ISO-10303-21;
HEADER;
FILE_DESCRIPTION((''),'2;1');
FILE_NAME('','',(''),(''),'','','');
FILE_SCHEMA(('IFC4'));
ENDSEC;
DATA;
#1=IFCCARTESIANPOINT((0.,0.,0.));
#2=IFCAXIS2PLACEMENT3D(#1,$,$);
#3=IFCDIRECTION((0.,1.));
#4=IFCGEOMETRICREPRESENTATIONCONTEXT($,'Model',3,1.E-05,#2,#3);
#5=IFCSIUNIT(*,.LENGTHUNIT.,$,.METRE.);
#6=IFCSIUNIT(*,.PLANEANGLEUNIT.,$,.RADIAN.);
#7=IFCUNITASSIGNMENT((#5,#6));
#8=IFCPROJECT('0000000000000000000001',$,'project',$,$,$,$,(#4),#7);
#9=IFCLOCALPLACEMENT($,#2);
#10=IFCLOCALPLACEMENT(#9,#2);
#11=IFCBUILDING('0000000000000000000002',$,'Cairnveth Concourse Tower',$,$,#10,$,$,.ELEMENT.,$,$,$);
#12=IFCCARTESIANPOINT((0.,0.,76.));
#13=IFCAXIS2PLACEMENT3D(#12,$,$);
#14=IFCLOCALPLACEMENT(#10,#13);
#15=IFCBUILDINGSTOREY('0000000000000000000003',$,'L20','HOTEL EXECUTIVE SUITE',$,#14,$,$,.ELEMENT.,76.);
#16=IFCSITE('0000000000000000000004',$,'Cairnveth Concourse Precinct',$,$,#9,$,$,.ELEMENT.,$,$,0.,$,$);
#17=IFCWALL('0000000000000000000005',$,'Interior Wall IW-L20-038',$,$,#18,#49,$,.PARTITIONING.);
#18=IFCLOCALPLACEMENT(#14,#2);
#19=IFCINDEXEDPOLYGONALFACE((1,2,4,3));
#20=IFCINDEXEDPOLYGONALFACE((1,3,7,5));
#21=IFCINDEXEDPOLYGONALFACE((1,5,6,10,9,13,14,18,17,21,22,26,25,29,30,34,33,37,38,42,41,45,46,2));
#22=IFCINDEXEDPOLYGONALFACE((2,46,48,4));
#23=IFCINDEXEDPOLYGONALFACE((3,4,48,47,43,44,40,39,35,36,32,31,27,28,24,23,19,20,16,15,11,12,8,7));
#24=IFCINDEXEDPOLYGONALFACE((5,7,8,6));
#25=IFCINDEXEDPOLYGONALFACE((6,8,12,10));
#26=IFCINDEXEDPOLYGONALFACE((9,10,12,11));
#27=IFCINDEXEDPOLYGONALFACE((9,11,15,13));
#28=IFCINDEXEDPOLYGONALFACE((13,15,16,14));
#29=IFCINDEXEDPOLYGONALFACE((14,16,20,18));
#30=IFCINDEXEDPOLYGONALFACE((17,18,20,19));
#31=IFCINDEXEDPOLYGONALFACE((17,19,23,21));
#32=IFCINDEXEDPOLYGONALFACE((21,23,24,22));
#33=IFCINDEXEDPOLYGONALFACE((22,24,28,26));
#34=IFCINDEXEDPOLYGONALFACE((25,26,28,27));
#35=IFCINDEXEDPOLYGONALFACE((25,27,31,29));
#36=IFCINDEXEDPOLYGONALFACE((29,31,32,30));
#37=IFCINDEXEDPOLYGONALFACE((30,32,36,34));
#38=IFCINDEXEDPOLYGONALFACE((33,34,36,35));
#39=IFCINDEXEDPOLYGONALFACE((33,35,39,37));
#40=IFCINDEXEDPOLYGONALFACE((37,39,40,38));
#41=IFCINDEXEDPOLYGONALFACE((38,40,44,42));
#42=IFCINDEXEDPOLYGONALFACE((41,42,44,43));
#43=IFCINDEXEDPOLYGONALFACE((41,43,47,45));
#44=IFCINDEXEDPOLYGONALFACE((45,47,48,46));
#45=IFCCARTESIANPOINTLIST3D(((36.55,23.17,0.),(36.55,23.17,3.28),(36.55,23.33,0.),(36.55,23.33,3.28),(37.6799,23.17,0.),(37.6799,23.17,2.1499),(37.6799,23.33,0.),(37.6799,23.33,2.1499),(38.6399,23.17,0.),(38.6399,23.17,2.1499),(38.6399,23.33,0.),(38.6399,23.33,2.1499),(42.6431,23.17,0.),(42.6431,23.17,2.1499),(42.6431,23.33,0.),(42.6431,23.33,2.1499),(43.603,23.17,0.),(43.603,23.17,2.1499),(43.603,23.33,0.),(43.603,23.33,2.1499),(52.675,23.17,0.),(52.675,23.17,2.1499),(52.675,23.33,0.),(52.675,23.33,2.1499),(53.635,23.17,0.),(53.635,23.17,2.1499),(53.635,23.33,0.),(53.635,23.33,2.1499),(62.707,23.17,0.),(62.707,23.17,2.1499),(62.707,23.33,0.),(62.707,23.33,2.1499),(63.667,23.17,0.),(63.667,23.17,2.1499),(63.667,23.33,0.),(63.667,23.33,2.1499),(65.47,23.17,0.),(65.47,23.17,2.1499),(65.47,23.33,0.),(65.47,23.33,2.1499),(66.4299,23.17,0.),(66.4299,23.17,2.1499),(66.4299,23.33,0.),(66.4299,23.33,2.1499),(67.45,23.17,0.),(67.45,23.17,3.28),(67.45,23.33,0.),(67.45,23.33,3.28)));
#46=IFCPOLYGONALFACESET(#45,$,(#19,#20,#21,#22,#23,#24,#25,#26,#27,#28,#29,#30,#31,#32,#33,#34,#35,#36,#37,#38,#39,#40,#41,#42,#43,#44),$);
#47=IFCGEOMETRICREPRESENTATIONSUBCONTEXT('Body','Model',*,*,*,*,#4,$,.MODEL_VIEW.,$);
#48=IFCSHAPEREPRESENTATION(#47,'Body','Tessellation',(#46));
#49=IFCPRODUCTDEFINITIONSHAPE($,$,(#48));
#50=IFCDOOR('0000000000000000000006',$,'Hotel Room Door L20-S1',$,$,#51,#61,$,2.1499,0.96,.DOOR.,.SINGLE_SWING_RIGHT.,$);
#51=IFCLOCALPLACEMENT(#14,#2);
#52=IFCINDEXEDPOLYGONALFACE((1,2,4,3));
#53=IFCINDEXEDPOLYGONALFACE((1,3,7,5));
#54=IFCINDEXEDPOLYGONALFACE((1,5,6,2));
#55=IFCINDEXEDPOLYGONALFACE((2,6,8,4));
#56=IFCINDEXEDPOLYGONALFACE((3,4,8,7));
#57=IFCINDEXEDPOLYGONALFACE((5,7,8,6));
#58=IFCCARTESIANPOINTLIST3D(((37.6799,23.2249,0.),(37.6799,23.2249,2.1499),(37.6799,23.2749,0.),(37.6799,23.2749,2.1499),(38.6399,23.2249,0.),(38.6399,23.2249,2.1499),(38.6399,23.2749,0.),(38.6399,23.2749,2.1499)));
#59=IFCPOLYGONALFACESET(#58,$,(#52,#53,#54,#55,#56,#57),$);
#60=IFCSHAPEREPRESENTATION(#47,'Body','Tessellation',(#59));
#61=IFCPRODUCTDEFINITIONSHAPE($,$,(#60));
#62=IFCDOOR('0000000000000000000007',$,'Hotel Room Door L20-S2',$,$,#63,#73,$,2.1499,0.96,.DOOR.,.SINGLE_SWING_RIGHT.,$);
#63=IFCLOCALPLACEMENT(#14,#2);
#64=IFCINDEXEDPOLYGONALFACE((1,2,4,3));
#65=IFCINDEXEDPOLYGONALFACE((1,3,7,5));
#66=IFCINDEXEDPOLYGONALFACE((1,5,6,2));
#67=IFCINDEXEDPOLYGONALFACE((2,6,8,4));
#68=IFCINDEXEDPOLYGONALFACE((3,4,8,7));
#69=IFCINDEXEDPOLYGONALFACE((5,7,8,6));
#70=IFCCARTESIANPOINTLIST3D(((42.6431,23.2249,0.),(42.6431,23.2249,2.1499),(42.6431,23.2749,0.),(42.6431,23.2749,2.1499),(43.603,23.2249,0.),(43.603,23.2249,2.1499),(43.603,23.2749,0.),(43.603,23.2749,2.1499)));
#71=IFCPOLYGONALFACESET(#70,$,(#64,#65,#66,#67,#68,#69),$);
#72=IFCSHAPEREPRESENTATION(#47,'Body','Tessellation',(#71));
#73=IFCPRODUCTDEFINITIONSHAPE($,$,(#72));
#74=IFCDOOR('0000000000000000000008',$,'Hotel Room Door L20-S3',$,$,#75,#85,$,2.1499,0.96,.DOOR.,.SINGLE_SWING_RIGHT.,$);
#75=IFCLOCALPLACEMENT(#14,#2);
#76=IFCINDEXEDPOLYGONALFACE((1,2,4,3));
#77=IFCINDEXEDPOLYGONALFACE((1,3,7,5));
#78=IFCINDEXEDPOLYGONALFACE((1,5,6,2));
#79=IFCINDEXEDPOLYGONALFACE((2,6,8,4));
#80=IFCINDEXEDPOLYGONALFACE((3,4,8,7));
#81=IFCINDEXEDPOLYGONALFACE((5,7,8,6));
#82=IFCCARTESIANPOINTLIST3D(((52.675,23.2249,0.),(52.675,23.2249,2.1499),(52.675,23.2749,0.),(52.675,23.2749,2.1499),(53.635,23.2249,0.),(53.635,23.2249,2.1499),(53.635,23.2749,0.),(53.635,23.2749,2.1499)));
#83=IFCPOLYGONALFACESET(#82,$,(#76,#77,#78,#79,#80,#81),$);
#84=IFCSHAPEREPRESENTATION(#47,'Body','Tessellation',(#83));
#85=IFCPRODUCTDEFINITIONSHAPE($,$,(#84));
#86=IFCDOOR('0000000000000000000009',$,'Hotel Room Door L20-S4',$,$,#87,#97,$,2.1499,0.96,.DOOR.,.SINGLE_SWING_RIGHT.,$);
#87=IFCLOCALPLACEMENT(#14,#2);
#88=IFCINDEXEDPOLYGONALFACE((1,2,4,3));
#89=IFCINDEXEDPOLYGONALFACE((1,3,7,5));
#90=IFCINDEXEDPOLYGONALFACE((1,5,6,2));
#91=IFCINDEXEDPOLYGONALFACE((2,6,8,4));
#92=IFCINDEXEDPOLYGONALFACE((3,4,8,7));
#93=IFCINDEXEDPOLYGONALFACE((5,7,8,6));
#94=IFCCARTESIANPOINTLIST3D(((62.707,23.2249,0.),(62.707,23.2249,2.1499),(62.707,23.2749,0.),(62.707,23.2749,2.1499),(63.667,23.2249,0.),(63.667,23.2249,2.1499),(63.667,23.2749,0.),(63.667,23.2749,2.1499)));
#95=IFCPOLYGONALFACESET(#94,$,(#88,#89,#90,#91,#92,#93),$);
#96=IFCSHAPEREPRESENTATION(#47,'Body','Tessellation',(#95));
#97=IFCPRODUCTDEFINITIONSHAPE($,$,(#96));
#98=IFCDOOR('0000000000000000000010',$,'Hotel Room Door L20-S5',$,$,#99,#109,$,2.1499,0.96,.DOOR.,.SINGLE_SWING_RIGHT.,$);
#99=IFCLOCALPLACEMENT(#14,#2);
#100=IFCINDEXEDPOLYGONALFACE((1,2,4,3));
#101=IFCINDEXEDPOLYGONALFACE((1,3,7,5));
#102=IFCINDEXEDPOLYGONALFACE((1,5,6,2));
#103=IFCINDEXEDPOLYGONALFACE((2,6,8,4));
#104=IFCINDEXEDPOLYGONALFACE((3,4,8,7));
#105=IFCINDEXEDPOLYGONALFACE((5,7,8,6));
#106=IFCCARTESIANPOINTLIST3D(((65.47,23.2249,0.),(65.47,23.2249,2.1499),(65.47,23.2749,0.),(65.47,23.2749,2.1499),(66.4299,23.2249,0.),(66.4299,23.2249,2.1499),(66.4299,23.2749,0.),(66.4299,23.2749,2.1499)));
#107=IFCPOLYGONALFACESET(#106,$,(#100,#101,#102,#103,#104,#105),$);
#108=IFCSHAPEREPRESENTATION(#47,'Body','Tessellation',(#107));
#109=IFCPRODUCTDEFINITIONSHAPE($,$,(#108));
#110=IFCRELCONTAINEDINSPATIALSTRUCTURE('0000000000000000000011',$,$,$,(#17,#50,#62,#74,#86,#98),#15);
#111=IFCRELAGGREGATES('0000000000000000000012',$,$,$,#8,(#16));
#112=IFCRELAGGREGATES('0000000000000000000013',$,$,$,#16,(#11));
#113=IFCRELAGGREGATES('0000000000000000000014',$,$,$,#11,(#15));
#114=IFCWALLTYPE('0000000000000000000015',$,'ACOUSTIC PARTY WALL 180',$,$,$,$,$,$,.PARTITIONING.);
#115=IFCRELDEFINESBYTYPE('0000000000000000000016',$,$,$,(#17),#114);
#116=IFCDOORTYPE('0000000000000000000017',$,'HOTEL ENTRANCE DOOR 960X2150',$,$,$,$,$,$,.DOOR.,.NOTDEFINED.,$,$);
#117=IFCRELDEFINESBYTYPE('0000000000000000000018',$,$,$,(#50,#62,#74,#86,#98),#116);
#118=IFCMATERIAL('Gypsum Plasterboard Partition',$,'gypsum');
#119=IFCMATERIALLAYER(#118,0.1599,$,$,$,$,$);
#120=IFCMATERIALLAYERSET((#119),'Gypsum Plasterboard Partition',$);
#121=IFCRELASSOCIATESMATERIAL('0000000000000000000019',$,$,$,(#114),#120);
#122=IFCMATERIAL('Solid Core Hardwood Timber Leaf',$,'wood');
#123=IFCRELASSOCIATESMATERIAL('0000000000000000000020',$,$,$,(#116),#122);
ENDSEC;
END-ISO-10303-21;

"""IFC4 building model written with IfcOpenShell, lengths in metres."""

from ifc_helpers import new_model, si_unit, direction, frame, frame_2d, origin, place, context, subcontext, project, spatial, rectangle, extrude, material, layer, layer_set, type_object, element, fill, save


model = new_model("IFC4")

# Units and contexts
model_context = context("Model", 3, precision=1e-05, world=origin(), true_north=direction((0.0, 1.0)))
body_context = subcontext(model_context, "Body", "Model", "MODEL_VIEW")
ifc_project = project(units=[si_unit("LENGTHUNIT", "METRE"), si_unit("PLANEANGLEUNIT", "RADIAN")], contexts=[model_context])

# Site, building, storey
site_placement = place(None, origin())
site = spatial("IfcSite", under=ifc_project, at=site_placement, Name="Cairnveth Concourse Precinct", CompositionType="ELEMENT", RefElevation=0.0)
building_placement = place(site_placement, origin())
building = spatial("IfcBuilding", under=site, at=building_placement, Name="Cairnveth Concourse Tower", CompositionType="ELEMENT")
storey_placement = place(building_placement, frame((0.0, 0.0, 76.0)))
storey = spatial("IfcBuildingStorey", under=building, at=storey_placement, Name="L20", Description="HOTEL EXECUTIVE SUITE", CompositionType="ELEMENT", Elevation=76.0)

# Wall, openings, doors
ifc_material_1 = material(Name="Gypsum Plasterboard Partition", Category="gypsum")
ifc_layer_1 = layer(ifc_material_1, 0.1599)
ifc_layer_set_1 = layer_set([ifc_layer_1], Name="Gypsum Plasterboard Partition")
wall_type_1 = type_object("IfcWallType", Name="ACOUSTIC PARTY WALL 180", PredefinedType="PARTITIONING", material=ifc_layer_set_1)
wall_1_placement = place(storey_placement, frame((36.55, 23.25, 0.0), z_axis=(0.0, 0.0, 1.0), x_axis=(1.0, 0.0, 0.0)))
wall_1 = element("IfcWall", 1, at=wall_1_placement, inside=storey, type_object=wall_type_1, Name="Interior Wall IW-L20-038", PredefinedType="PARTITIONING", context=body_context, shape_type="SweptSolid", body=[
    extrude(rectangle(XDim=30.8999, YDim=0.1599, at=frame_2d((15.45, 0.0))), origin(), (0.0, 0.0, 1.0), 3.28),
])
opening_1_placement = place(wall_1_placement, frame((1.1299, 0.0, 0.0)))
opening_1 = element("IfcOpeningElement", 2, at=opening_1_placement, cuts=wall_1, PredefinedType="OPENING", context=body_context, shape_type="SweptSolid", body=[
    extrude(rectangle(XDim=0.96, YDim=2.1499, at=frame_2d((0.48, 1.075))), frame((0.0, 0.0898, 0.0), z_axis=(0.0, -1.0, 0.0), x_axis=(1.0, 0.0, 0.0)), (0.0, 0.0, 1.0), 0.1799),
])
opening_2_placement = place(wall_1_placement, frame((6.093, 0.0, 0.0)))
opening_2 = element("IfcOpeningElement", 3, at=opening_2_placement, cuts=wall_1, PredefinedType="OPENING", context=body_context, shape_type="SweptSolid", body=[
    extrude(rectangle(XDim=0.96, YDim=2.1499, at=frame_2d((0.48, 1.075))), frame((0.0, 0.0898, 0.0), z_axis=(0.0, -1.0, 0.0), x_axis=(1.0, 0.0, 0.0)), (0.0, 0.0, 1.0), 0.1799),
])
opening_3_placement = place(wall_1_placement, frame((16.125, 0.0, 0.0)))
opening_3 = element("IfcOpeningElement", 4, at=opening_3_placement, cuts=wall_1, PredefinedType="OPENING", context=body_context, shape_type="SweptSolid", body=[
    extrude(rectangle(XDim=0.96, YDim=2.1499, at=frame_2d((0.48, 1.075))), frame((0.0, 0.0898, 0.0), z_axis=(0.0, -1.0, 0.0), x_axis=(1.0, 0.0, 0.0)), (0.0, 0.0, 1.0), 0.1799),
])
opening_4_placement = place(wall_1_placement, frame((26.157, 0.0, 0.0)))
opening_4 = element("IfcOpeningElement", 5, at=opening_4_placement, cuts=wall_1, PredefinedType="OPENING", context=body_context, shape_type="SweptSolid", body=[
    extrude(rectangle(XDim=0.96, YDim=2.1499, at=frame_2d((0.48, 1.075))), frame((0.0, 0.0898, 0.0), z_axis=(0.0, -1.0, 0.0), x_axis=(1.0, 0.0, 0.0)), (0.0, 0.0, 1.0), 0.1799),
])
opening_5_placement = place(wall_1_placement, frame((28.9199, 0.0, 0.0)))
opening_5 = element("IfcOpeningElement", 6, at=opening_5_placement, cuts=wall_1, PredefinedType="OPENING", context=body_context, shape_type="SweptSolid", body=[
    extrude(rectangle(XDim=0.96, YDim=2.1499, at=frame_2d((0.48, 1.075))), frame((0.0, 0.0898, 0.0), z_axis=(0.0, -1.0, 0.0), x_axis=(1.0, 0.0, 0.0)), (0.0, 0.0, 1.0), 0.1799),
])
ifc_material_2 = material(Name="Solid Core Hardwood Timber Leaf", Category="wood")
door_type_1 = type_object("IfcDoorType", Name="HOTEL ENTRANCE DOOR 960X2150", OperationType="NOTDEFINED", PredefinedType="DOOR", material=ifc_material_2)
door_1_placement = place(opening_1_placement, origin())
door_1 = element("IfcDoor", 7, at=door_1_placement, inside=storey, type_object=door_type_1, Name="Hotel Room Door L20-S1", OperationType="SINGLE_SWING_RIGHT", OverallHeight=2.1499, OverallWidth=0.96, PredefinedType="DOOR", context=body_context, shape_type="SweptSolid", body=[
    extrude(rectangle(XDim=0.96, YDim=2.1499, at=frame_2d((0.48, 1.075))), frame((0.0, 0.0249, 0.0), z_axis=(0.0, -1.0, 0.0), x_axis=(1.0, 0.0, 0.0)), (0.0, 0.0, 1.0), 0.05),
])
fill(opening_1, door_1)
door_2_placement = place(opening_2_placement, origin())
door_2 = element("IfcDoor", 8, at=door_2_placement, inside=storey, type_object=door_type_1, Name="Hotel Room Door L20-S2", OperationType="SINGLE_SWING_RIGHT", OverallHeight=2.1499, OverallWidth=0.96, PredefinedType="DOOR", context=body_context, shape_type="SweptSolid", body=[
    extrude(rectangle(XDim=0.96, YDim=2.1499, at=frame_2d((0.48, 1.075))), frame((0.0, 0.0249, 0.0), z_axis=(0.0, -1.0, 0.0), x_axis=(1.0, 0.0, 0.0)), (0.0, 0.0, 1.0), 0.05),
])
fill(opening_2, door_2)
door_3_placement = place(opening_3_placement, origin())
door_3 = element("IfcDoor", 9, at=door_3_placement, inside=storey, type_object=door_type_1, Name="Hotel Room Door L20-S3", OperationType="SINGLE_SWING_RIGHT", OverallHeight=2.1499, OverallWidth=0.96, PredefinedType="DOOR", context=body_context, shape_type="SweptSolid", body=[
    extrude(rectangle(XDim=0.96, YDim=2.1499, at=frame_2d((0.48, 1.075))), frame((0.0, 0.0249, 0.0), z_axis=(0.0, -1.0, 0.0), x_axis=(1.0, 0.0, 0.0)), (0.0, 0.0, 1.0), 0.05),
])
fill(opening_3, door_3)
door_4_placement = place(opening_4_placement, origin())
door_4 = element("IfcDoor", 10, at=door_4_placement, inside=storey, type_object=door_type_1, Name="Hotel Room Door L20-S4", OperationType="SINGLE_SWING_RIGHT", OverallHeight=2.1499, OverallWidth=0.96, PredefinedType="DOOR", context=body_context, shape_type="SweptSolid", body=[
    extrude(rectangle(XDim=0.96, YDim=2.1499, at=frame_2d((0.48, 1.075))), frame((0.0, 0.0249, 0.0), z_axis=(0.0, -1.0, 0.0), x_axis=(1.0, 0.0, 0.0)), (0.0, 0.0, 1.0), 0.05),
])
fill(opening_4, door_4)
door_5_placement = place(opening_5_placement, origin())
door_5 = element("IfcDoor", 11, at=door_5_placement, inside=storey, type_object=door_type_1, Name="Hotel Room Door L20-S5", OperationType="SINGLE_SWING_RIGHT", OverallHeight=2.1499, OverallWidth=0.96, PredefinedType="DOOR", context=body_context, shape_type="SweptSolid", body=[
    extrude(rectangle(XDim=0.96, YDim=2.1499, at=frame_2d((0.48, 1.075))), frame((0.0, 0.0249, 0.0), z_axis=(0.0, -1.0, 0.0), x_axis=(1.0, 0.0, 0.0)), (0.0, 0.0, 1.0), 0.05),
])
fill(opening_5, door_5)

save(model, "model.ifc")
